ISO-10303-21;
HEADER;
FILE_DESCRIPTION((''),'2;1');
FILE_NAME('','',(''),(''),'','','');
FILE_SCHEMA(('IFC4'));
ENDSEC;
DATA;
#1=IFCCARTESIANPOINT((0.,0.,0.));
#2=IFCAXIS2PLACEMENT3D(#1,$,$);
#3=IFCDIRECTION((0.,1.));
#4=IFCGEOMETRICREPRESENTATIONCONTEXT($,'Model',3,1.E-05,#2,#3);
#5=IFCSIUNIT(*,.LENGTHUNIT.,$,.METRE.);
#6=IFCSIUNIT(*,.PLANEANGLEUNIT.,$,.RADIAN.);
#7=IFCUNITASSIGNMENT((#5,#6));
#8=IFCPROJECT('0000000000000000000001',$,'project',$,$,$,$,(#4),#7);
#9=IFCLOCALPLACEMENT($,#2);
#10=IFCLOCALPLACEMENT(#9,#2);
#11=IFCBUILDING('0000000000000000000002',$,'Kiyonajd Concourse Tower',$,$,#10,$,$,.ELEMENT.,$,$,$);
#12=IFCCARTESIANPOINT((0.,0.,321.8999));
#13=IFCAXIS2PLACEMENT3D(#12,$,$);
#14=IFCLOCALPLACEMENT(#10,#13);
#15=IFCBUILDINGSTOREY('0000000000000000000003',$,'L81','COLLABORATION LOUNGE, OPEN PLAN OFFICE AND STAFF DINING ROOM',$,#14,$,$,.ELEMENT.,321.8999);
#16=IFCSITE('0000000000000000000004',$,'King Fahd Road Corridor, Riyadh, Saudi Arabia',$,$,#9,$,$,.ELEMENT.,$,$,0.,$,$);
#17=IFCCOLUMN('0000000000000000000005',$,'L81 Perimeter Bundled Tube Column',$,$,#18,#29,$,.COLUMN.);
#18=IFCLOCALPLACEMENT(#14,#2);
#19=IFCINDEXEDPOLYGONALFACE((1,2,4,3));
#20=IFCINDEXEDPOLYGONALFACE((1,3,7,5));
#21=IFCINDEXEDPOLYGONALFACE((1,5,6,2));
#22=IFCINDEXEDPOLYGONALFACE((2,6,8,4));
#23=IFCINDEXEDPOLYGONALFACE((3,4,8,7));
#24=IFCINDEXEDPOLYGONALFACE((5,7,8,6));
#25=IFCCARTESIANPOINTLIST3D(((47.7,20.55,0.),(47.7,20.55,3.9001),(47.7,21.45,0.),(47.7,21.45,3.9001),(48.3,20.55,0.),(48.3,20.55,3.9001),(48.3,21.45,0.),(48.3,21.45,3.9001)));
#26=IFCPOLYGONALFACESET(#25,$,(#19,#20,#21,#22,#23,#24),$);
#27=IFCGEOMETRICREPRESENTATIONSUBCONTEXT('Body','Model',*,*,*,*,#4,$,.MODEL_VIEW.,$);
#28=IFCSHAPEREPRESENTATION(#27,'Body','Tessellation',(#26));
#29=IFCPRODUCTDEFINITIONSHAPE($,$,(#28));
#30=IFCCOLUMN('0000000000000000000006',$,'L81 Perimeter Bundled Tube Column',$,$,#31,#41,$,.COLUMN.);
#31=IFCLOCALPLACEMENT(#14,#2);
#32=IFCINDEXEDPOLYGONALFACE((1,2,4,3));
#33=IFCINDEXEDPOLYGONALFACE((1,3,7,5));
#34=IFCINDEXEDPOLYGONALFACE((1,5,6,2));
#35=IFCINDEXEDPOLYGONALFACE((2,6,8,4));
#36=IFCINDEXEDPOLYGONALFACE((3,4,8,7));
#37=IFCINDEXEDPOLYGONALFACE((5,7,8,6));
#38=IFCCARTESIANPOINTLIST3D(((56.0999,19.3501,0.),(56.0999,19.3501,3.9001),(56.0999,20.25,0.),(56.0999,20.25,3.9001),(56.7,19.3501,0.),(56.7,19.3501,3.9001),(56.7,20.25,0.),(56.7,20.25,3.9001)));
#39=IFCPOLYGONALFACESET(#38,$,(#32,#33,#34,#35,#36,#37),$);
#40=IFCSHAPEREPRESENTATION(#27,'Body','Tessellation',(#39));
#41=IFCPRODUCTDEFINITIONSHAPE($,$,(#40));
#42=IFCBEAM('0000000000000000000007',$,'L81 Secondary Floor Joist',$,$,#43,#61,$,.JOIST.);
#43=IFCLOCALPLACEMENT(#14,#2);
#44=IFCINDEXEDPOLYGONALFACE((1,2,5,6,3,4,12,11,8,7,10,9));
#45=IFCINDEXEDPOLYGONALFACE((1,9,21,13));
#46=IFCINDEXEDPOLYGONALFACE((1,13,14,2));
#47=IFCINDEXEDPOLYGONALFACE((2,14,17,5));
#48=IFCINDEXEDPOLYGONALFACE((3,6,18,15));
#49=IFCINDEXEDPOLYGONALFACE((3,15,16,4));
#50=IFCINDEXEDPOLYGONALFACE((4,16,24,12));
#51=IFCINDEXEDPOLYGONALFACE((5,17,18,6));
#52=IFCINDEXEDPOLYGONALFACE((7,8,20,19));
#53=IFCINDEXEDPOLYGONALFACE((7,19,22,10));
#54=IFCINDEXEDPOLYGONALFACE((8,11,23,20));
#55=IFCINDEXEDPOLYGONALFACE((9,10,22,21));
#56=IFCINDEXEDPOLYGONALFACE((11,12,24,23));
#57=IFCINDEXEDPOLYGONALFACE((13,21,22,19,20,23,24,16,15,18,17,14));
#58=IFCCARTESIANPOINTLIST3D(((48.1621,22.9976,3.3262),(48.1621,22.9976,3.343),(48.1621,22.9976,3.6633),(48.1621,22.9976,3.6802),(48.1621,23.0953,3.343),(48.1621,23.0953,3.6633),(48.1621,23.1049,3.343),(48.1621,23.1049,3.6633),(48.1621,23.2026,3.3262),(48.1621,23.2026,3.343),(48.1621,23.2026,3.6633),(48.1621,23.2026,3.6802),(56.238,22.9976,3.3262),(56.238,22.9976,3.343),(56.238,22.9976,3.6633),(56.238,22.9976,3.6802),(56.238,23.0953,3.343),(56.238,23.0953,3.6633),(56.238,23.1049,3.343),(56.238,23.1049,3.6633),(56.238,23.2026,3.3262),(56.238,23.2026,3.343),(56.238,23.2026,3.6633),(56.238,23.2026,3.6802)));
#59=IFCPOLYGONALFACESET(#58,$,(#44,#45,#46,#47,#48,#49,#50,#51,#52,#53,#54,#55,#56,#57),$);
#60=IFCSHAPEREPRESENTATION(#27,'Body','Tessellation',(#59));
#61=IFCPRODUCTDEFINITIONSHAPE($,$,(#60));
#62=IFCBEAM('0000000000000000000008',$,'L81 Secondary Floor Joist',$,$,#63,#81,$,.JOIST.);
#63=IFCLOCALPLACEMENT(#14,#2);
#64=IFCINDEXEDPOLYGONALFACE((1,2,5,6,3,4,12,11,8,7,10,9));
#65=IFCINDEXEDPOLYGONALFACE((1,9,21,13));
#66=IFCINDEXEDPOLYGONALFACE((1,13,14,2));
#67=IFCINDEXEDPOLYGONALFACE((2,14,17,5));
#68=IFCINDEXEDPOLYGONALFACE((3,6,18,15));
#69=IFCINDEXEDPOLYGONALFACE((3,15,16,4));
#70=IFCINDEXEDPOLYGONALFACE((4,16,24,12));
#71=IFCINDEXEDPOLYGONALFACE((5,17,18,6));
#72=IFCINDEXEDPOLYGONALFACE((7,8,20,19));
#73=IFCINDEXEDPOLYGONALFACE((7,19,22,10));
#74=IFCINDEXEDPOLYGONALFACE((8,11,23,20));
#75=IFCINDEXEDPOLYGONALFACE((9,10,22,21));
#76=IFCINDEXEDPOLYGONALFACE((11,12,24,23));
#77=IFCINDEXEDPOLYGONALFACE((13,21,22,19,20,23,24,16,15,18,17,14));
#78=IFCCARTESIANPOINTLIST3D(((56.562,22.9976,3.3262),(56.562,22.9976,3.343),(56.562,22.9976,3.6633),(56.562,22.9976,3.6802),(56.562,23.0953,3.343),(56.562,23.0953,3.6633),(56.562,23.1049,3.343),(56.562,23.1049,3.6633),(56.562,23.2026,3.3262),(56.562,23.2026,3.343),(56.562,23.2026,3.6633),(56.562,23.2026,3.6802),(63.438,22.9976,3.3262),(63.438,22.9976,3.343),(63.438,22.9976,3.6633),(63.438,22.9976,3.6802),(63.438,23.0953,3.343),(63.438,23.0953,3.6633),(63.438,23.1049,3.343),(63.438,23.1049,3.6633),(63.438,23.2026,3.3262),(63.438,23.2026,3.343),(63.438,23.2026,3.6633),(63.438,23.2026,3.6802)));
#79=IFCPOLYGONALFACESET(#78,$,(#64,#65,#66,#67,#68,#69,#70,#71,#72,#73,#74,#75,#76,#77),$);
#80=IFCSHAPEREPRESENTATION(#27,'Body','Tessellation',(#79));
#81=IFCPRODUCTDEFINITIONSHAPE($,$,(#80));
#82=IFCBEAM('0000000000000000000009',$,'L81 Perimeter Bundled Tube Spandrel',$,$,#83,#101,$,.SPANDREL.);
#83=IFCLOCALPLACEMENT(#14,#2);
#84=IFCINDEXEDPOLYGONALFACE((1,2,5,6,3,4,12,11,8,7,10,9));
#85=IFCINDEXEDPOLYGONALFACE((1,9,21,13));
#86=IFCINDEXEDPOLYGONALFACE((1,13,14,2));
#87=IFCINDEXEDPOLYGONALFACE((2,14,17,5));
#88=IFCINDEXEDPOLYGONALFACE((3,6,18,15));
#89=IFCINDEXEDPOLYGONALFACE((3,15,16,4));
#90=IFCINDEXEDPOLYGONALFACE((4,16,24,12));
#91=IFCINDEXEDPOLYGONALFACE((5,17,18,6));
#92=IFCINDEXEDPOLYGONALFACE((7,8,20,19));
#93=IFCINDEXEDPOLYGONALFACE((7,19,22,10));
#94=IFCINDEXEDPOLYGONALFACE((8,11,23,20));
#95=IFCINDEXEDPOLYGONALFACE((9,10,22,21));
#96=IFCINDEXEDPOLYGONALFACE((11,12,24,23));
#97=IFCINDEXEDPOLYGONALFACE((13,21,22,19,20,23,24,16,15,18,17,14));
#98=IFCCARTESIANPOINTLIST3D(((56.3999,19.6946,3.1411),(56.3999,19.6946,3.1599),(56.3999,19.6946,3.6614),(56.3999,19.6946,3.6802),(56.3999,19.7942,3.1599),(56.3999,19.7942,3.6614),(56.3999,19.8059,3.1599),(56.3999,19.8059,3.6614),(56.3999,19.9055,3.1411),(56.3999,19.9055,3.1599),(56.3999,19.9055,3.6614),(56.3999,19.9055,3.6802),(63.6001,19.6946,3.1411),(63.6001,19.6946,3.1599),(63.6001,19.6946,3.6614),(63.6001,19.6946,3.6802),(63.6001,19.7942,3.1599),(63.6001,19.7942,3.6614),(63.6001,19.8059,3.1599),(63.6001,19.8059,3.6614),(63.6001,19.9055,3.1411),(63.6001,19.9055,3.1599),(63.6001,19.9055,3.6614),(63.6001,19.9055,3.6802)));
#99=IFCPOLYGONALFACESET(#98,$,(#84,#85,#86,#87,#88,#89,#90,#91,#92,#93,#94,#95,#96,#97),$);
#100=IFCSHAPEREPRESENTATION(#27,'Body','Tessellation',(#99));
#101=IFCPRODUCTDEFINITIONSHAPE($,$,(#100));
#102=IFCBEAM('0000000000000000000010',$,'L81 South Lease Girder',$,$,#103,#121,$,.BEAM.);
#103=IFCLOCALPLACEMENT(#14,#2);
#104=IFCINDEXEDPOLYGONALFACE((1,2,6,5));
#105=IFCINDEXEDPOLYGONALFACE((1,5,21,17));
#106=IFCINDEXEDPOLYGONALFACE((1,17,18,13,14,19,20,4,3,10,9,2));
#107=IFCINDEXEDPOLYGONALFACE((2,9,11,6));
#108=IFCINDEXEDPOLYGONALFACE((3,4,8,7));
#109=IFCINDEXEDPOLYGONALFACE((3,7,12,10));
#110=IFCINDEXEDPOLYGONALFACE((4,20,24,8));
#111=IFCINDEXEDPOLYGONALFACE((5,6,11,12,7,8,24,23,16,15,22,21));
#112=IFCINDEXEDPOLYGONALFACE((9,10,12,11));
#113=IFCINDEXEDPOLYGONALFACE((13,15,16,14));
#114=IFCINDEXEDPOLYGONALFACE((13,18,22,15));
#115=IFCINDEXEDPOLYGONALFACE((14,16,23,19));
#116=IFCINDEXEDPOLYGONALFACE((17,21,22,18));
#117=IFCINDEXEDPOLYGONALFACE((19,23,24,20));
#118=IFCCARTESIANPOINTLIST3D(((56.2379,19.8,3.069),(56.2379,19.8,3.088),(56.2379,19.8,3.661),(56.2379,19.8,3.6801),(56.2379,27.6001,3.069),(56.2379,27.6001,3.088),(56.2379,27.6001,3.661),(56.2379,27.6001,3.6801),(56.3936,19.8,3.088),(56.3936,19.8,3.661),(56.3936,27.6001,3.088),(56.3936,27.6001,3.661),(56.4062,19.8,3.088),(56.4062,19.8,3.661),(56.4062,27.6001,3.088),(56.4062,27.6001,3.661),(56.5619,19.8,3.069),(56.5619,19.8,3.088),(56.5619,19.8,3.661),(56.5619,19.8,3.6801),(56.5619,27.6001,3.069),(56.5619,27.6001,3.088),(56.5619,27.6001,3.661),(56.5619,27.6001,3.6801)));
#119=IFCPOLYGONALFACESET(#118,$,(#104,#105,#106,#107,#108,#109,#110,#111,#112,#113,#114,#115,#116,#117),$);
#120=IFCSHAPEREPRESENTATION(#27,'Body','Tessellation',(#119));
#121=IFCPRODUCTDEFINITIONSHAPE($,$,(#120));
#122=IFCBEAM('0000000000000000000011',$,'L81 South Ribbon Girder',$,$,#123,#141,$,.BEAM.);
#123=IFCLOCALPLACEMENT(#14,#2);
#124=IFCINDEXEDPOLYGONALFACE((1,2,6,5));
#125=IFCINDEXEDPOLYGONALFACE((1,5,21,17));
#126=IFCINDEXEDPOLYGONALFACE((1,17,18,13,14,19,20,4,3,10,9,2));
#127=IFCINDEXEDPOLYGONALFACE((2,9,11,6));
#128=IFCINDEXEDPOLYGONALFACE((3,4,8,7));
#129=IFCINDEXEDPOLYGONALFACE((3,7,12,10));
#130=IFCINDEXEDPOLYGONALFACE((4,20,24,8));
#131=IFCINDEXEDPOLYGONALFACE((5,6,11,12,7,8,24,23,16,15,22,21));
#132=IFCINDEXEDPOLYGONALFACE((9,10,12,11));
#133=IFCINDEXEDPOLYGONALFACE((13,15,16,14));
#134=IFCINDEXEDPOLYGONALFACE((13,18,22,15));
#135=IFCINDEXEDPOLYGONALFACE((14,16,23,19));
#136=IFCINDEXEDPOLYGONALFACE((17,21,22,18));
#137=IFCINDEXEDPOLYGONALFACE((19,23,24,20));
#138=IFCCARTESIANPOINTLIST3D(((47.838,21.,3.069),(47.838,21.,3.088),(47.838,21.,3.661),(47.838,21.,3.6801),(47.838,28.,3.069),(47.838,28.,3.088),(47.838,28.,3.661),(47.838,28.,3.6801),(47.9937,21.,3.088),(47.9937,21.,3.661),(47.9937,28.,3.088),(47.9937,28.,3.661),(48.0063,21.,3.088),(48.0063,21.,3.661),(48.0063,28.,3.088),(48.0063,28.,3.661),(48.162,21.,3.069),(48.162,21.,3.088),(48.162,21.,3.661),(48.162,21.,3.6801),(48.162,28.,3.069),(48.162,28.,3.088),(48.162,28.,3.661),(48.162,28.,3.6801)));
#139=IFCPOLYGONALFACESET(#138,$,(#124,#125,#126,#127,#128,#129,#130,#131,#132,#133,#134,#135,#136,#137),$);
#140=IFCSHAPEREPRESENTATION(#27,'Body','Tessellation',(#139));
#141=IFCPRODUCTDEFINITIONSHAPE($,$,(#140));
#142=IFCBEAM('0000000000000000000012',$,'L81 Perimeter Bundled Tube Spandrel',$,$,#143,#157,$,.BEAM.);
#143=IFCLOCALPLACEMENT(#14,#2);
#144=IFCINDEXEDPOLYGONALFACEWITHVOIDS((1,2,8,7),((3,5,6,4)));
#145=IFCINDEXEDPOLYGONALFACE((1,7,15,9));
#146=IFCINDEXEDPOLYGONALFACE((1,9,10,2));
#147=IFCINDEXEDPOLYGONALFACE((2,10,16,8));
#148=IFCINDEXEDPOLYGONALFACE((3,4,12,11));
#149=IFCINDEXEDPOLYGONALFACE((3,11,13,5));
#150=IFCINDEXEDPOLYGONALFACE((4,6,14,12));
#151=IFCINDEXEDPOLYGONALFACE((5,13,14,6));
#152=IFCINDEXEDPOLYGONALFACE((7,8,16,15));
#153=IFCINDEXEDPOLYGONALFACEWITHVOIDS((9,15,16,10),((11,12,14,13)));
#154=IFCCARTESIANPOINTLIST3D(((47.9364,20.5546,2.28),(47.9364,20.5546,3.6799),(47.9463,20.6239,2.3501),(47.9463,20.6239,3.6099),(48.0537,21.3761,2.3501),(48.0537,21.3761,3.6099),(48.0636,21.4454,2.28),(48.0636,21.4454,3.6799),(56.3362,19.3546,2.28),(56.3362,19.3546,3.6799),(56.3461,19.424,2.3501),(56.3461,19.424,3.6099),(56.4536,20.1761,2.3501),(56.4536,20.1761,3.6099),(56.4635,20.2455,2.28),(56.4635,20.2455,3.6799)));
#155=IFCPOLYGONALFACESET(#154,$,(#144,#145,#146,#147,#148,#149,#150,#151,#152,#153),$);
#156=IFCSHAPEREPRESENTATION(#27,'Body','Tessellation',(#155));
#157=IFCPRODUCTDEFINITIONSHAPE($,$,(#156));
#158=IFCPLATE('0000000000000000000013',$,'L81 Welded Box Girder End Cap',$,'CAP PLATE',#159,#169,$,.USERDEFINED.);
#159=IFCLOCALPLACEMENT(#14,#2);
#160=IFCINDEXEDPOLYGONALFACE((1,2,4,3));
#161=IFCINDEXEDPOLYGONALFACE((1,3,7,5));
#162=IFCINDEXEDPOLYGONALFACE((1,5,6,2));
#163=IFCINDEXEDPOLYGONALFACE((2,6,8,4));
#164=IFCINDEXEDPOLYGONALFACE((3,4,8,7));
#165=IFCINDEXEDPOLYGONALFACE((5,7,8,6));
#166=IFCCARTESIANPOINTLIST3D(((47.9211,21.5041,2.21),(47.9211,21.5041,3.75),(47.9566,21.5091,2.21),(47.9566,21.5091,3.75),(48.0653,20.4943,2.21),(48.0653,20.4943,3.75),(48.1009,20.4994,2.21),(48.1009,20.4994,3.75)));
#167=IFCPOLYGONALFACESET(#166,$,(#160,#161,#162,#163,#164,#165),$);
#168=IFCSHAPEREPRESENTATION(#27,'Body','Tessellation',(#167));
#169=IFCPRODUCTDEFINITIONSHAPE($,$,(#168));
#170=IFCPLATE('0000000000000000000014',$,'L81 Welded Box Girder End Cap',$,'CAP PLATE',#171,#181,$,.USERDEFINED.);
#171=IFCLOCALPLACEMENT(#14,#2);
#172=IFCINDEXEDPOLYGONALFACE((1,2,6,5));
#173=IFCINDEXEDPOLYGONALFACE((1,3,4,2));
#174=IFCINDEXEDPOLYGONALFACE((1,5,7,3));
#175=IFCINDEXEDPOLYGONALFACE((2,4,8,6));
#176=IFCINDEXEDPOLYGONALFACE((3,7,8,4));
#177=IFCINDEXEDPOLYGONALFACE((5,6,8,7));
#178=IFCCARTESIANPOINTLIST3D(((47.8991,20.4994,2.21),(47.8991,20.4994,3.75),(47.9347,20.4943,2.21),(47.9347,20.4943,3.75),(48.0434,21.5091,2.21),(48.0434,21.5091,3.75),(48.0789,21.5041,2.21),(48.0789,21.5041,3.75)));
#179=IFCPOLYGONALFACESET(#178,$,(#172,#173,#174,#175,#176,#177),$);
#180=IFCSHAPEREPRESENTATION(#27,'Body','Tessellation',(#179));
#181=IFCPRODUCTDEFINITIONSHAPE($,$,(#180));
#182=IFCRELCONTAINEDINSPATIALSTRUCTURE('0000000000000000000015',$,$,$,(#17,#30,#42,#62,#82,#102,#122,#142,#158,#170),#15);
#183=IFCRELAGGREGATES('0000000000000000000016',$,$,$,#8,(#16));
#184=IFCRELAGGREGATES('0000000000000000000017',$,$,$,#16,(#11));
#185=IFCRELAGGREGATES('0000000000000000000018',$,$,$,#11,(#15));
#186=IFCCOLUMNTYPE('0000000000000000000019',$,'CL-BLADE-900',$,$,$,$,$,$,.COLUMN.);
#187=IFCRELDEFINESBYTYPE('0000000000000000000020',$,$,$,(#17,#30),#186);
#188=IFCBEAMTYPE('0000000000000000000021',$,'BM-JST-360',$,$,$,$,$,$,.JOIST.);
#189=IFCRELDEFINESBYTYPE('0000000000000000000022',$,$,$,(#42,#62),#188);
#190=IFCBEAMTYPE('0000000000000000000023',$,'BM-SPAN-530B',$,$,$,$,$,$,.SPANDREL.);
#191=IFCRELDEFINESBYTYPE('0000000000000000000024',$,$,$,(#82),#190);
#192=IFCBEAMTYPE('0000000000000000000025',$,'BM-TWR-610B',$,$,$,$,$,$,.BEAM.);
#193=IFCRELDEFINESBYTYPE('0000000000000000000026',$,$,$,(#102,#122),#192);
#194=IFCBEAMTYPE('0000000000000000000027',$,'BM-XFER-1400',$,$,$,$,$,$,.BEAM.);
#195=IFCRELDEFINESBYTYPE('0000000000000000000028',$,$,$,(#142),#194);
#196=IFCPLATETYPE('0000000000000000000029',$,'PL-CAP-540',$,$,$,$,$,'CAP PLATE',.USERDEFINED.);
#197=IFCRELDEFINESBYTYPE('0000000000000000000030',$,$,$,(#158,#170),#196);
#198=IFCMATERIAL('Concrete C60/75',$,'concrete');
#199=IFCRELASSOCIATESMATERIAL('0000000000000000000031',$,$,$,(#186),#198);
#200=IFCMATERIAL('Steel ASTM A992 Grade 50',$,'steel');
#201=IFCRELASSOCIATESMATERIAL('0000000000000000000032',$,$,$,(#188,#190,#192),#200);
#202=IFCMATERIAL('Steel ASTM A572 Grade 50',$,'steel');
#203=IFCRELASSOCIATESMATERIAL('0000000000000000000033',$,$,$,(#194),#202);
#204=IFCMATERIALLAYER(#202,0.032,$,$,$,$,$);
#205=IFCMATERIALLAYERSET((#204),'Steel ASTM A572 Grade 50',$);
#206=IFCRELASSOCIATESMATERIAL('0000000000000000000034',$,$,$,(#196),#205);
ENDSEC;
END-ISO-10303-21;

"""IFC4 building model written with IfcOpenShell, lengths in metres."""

from ifc_helpers import new_model, si_unit, direction, frame, origin, origin_2d, place, context, subcontext, project, spatial, rectangle, hollow_rectangle, i_section, extrude, material, layer, layer_set, material_profile, profile_set, type_object, element, save


model = new_model("IFC4")

# Units and contexts
model_context = context("Model", 3, precision=1e-05, world=origin(), true_north=direction((0.0, 1.0)))
body_context = subcontext(model_context, "Body", "Model", "MODEL_VIEW")
ifc_project = project(units=[si_unit("LENGTHUNIT", "METRE"), si_unit("PLANEANGLEUNIT", "RADIAN")], contexts=[model_context])

# Site, building, storey
site_placement = place(None, origin())
site = spatial("IfcSite", under=ifc_project, at=site_placement, Name="King Fahd Road Corridor, Riyadh, Saudi Arabia", CompositionType="ELEMENT", RefElevation=0.0)
building_placement = place(site_placement, origin())
building = spatial("IfcBuilding", under=site, at=building_placement, Name="Kiyonajd Concourse Tower", CompositionType="ELEMENT")
storey_placement = place(building_placement, frame((0.0, 0.0, 321.8999)))
storey = spatial("IfcBuildingStorey", under=building, at=storey_placement, Name="L81", Description="COLLABORATION LOUNGE, OPEN PLAN OFFICE AND STAFF DINING ROOM", CompositionType="ELEMENT", Elevation=321.8999)

# Columns
ifc_material_1 = material(Name="Concrete C60/75", Category="concrete")
ifc_material_profile_1 = material_profile(ifc_material_1, rectangle(XDim=0.6001, YDim=0.8999, at=origin_2d()), Name="RC-900x600")
ifc_profile_set_1 = profile_set([ifc_material_profile_1], Name="Concrete C60/75")
column_type = type_object("IfcColumnType", Name="CL-BLADE-900", PredefinedType="COLUMN", material=ifc_profile_set_1)
for number, where, z_axis, x_axis, name in (
    (1, (48.0, 21.0, 0.0), (0.0, 0.0, 1.0), (1.0, 0.0, 0.0), "L81 Perimeter Bundled Tube Column"),
    (2, (56.3999, 19.8, 0.0), (0.0, 0.0, 1.0), (1.0, 0.0, 0.0), "L81 Perimeter Bundled Tube Column"),
):
    element("IfcColumn", number, at=place(storey_placement, frame(where, z_axis=z_axis, x_axis=x_axis)), inside=storey, type_object=column_type, Name=name, PredefinedType="COLUMN", context=body_context, shape_type="SweptSolid", body=[
        extrude(rectangle(XDim=0.6001, YDim=0.8999, at=origin_2d()), origin(), (0.0, 0.0, 1.0), 3.9001),
    ])

# Beams
ifc_material_2 = material(Name="Steel ASTM A992 Grade 50", Category="steel")
ifc_material_profile_2 = material_profile(ifc_material_2, i_section(OverallWidth=0.2051, OverallDepth=0.354, WebThickness=0.0095, FlangeThickness=0.0168, at=origin_2d()), Name="W360X79")
ifc_profile_set_2 = profile_set([ifc_material_profile_2], Name="Steel ASTM A992 Grade 50")
beam_type_1 = type_object("IfcBeamType", Name="BM-JST-360", PredefinedType="JOIST", material=ifc_profile_set_2)
beam_1_placement = place(storey_placement, frame((48.1621, 23.1001, 3.5032), z_axis=(1.0, 0.0, 0.0), x_axis=(0.0, 1.0, 0.0)))
element("IfcBeam", 3, at=beam_1_placement, inside=storey, type_object=beam_type_1, Name="L81 Secondary Floor Joist", PredefinedType="JOIST", context=body_context, shape_type="SweptSolid", body=[
    extrude(i_section(OverallWidth=0.2051, OverallDepth=0.354, WebThickness=0.0095, FlangeThickness=0.0168, at=origin_2d()), origin(), (0.0, 0.0, 1.0), 8.0759),
])
beam_2_placement = place(storey_placement, frame((56.562, 23.1001, 3.5032), z_axis=(1.0, 0.0, 0.0), x_axis=(0.0, 1.0, 0.0)))
element("IfcBeam", 4, at=beam_2_placement, inside=storey, type_object=beam_type_1, Name="L81 Secondary Floor Joist", PredefinedType="JOIST", context=body_context, shape_type="SweptSolid", body=[
    extrude(i_section(OverallWidth=0.2051, OverallDepth=0.354, WebThickness=0.0095, FlangeThickness=0.0168, at=origin_2d()), origin(), (0.0, 0.0, 1.0), 6.876),
])
ifc_material_profile_3 = material_profile(ifc_material_2, i_section(OverallWidth=0.2109, OverallDepth=0.5391, WebThickness=0.0117, FlangeThickness=0.0188, at=origin_2d()), Name="W530X109")
ifc_profile_set_3 = profile_set([ifc_material_profile_3], Name="Steel ASTM A992 Grade 50")
beam_type_2 = type_object("IfcBeamType", Name="BM-SPAN-530B", PredefinedType="SPANDREL", material=ifc_profile_set_3)
beam_3_placement = place(storey_placement, frame((56.3999, 19.8, 3.4106), z_axis=(1.0, 0.0, 0.0), x_axis=(0.0, 1.0, 0.0)))
element("IfcBeam", 5, at=beam_3_placement, inside=storey, type_object=beam_type_2, Name="L81 Perimeter Bundled Tube Spandrel", PredefinedType="SPANDREL", context=body_context, shape_type="SweptSolid", body=[
    extrude(i_section(OverallWidth=0.2109, OverallDepth=0.5391, WebThickness=0.0117, FlangeThickness=0.0188, at=origin_2d()), origin(), (0.0, 0.0, 1.0), 7.2002),
])
ifc_material_profile_4 = material_profile(ifc_material_2, i_section(OverallWidth=0.324, OverallDepth=0.6111, WebThickness=0.0127, FlangeThickness=0.019, at=origin_2d()), Name="W610X155")
ifc_profile_set_4 = profile_set([ifc_material_profile_4], Name="Steel ASTM A992 Grade 50")
beam_type_3 = type_object("IfcBeamType", Name="BM-TWR-610B", PredefinedType="BEAM", material=ifc_profile_set_4)
beam_4_placement = place(storey_placement, frame((56.3999, 19.8, 3.3745), z_axis=(0.0, 1.0, 0.0), x_axis=(-1.0, 0.0, 0.0)))
element("IfcBeam", 6, at=beam_4_placement, inside=storey, type_object=beam_type_3, Name="L81 South Lease Girder", PredefinedType="BEAM", context=body_context, shape_type="SweptSolid", body=[
    extrude(i_section(OverallWidth=0.324, OverallDepth=0.6111, WebThickness=0.0127, FlangeThickness=0.019, at=origin_2d()), origin(), (0.0, 0.0, 1.0), 7.8),
])
beam_5_placement = place(storey_placement, frame((48.0, 21.0, 3.3745), z_axis=(0.0, 1.0, 0.0), x_axis=(-1.0, 0.0, 0.0)))
element("IfcBeam", 7, at=beam_5_placement, inside=storey, type_object=beam_type_3, Name="L81 South Ribbon Girder", PredefinedType="BEAM", context=body_context, shape_type="SweptSolid", body=[
    extrude(i_section(OverallWidth=0.324, OverallDepth=0.6111, WebThickness=0.0127, FlangeThickness=0.019, at=origin_2d()), origin(), (0.0, 0.0, 1.0), 7.0),
])
ifc_material_3 = material(Name="Steel ASTM A572 Grade 50", Category="steel")
ifc_material_profile_5 = material_profile(ifc_material_3, hollow_rectangle(XDim=0.8999, YDim=1.3999, WallThickness=0.0701, at=origin_2d()), Name="BOX-1400x900x70")
ifc_profile_set_5 = profile_set([ifc_material_profile_5], Name="Steel ASTM A572 Grade 50")
beam_type_4 = type_object("IfcBeamType", Name="BM-XFER-1400", PredefinedType="BEAM", material=ifc_profile_set_5)
beam_6_placement = place(storey_placement, frame((48.0, 21.0, 2.98), z_axis=(0.98995, -0.141417, 0.0), x_axis=(0.141417, 0.98995, 0.0)))
element("IfcBeam", 8, at=beam_6_placement, inside=storey, type_object=beam_type_4, Name="L81 Perimeter Bundled Tube Spandrel", PredefinedType="BEAM", context=body_context, shape_type="SweptSolid", body=[
    extrude(hollow_rectangle(XDim=0.8999, YDim=1.3999, WallThickness=0.0701, at=origin_2d()), origin(), (0.0, 0.0, 1.0), 8.4851),
])

# Plates
ifc_layer_1 = layer(ifc_material_3, 0.032)
ifc_layer_set_1 = layer_set([ifc_layer_1], Name="Steel ASTM A572 Grade 50")
plate_type_1 = type_object("IfcPlateType", Name="PL-CAP-540", ElementType="CAP PLATE", PredefinedType="USERDEFINED", material=ifc_layer_set_1)
for number, where, z_axis, x_axis, name in (
    (9, (48.011, 21.0017, 2.21), (0.0, 0.0, 1.0), (0.98995, 0.14142, 0.0), "L81 Welded Box Girder End Cap"),
    (10, (47.989, 21.0017, 2.21), (0.0, 0.0, 1.0), (-0.98995, 0.14142, 0.0), "L81 Welded Box Girder End Cap"),
):
    element("IfcPlate", number, at=place(storey_placement, frame(where, z_axis=z_axis, x_axis=x_axis)), inside=storey, type_object=plate_type_1, Name=name, ObjectType="CAP PLATE", PredefinedType="USERDEFINED", context=body_context, shape_type="SweptSolid", body=[
        extrude(rectangle(XDim=0.0359, YDim=1.02, at=origin_2d()), origin(), (0.0, 0.0, 1.0), 1.54),
    ])

save(model, "model.ifc")
